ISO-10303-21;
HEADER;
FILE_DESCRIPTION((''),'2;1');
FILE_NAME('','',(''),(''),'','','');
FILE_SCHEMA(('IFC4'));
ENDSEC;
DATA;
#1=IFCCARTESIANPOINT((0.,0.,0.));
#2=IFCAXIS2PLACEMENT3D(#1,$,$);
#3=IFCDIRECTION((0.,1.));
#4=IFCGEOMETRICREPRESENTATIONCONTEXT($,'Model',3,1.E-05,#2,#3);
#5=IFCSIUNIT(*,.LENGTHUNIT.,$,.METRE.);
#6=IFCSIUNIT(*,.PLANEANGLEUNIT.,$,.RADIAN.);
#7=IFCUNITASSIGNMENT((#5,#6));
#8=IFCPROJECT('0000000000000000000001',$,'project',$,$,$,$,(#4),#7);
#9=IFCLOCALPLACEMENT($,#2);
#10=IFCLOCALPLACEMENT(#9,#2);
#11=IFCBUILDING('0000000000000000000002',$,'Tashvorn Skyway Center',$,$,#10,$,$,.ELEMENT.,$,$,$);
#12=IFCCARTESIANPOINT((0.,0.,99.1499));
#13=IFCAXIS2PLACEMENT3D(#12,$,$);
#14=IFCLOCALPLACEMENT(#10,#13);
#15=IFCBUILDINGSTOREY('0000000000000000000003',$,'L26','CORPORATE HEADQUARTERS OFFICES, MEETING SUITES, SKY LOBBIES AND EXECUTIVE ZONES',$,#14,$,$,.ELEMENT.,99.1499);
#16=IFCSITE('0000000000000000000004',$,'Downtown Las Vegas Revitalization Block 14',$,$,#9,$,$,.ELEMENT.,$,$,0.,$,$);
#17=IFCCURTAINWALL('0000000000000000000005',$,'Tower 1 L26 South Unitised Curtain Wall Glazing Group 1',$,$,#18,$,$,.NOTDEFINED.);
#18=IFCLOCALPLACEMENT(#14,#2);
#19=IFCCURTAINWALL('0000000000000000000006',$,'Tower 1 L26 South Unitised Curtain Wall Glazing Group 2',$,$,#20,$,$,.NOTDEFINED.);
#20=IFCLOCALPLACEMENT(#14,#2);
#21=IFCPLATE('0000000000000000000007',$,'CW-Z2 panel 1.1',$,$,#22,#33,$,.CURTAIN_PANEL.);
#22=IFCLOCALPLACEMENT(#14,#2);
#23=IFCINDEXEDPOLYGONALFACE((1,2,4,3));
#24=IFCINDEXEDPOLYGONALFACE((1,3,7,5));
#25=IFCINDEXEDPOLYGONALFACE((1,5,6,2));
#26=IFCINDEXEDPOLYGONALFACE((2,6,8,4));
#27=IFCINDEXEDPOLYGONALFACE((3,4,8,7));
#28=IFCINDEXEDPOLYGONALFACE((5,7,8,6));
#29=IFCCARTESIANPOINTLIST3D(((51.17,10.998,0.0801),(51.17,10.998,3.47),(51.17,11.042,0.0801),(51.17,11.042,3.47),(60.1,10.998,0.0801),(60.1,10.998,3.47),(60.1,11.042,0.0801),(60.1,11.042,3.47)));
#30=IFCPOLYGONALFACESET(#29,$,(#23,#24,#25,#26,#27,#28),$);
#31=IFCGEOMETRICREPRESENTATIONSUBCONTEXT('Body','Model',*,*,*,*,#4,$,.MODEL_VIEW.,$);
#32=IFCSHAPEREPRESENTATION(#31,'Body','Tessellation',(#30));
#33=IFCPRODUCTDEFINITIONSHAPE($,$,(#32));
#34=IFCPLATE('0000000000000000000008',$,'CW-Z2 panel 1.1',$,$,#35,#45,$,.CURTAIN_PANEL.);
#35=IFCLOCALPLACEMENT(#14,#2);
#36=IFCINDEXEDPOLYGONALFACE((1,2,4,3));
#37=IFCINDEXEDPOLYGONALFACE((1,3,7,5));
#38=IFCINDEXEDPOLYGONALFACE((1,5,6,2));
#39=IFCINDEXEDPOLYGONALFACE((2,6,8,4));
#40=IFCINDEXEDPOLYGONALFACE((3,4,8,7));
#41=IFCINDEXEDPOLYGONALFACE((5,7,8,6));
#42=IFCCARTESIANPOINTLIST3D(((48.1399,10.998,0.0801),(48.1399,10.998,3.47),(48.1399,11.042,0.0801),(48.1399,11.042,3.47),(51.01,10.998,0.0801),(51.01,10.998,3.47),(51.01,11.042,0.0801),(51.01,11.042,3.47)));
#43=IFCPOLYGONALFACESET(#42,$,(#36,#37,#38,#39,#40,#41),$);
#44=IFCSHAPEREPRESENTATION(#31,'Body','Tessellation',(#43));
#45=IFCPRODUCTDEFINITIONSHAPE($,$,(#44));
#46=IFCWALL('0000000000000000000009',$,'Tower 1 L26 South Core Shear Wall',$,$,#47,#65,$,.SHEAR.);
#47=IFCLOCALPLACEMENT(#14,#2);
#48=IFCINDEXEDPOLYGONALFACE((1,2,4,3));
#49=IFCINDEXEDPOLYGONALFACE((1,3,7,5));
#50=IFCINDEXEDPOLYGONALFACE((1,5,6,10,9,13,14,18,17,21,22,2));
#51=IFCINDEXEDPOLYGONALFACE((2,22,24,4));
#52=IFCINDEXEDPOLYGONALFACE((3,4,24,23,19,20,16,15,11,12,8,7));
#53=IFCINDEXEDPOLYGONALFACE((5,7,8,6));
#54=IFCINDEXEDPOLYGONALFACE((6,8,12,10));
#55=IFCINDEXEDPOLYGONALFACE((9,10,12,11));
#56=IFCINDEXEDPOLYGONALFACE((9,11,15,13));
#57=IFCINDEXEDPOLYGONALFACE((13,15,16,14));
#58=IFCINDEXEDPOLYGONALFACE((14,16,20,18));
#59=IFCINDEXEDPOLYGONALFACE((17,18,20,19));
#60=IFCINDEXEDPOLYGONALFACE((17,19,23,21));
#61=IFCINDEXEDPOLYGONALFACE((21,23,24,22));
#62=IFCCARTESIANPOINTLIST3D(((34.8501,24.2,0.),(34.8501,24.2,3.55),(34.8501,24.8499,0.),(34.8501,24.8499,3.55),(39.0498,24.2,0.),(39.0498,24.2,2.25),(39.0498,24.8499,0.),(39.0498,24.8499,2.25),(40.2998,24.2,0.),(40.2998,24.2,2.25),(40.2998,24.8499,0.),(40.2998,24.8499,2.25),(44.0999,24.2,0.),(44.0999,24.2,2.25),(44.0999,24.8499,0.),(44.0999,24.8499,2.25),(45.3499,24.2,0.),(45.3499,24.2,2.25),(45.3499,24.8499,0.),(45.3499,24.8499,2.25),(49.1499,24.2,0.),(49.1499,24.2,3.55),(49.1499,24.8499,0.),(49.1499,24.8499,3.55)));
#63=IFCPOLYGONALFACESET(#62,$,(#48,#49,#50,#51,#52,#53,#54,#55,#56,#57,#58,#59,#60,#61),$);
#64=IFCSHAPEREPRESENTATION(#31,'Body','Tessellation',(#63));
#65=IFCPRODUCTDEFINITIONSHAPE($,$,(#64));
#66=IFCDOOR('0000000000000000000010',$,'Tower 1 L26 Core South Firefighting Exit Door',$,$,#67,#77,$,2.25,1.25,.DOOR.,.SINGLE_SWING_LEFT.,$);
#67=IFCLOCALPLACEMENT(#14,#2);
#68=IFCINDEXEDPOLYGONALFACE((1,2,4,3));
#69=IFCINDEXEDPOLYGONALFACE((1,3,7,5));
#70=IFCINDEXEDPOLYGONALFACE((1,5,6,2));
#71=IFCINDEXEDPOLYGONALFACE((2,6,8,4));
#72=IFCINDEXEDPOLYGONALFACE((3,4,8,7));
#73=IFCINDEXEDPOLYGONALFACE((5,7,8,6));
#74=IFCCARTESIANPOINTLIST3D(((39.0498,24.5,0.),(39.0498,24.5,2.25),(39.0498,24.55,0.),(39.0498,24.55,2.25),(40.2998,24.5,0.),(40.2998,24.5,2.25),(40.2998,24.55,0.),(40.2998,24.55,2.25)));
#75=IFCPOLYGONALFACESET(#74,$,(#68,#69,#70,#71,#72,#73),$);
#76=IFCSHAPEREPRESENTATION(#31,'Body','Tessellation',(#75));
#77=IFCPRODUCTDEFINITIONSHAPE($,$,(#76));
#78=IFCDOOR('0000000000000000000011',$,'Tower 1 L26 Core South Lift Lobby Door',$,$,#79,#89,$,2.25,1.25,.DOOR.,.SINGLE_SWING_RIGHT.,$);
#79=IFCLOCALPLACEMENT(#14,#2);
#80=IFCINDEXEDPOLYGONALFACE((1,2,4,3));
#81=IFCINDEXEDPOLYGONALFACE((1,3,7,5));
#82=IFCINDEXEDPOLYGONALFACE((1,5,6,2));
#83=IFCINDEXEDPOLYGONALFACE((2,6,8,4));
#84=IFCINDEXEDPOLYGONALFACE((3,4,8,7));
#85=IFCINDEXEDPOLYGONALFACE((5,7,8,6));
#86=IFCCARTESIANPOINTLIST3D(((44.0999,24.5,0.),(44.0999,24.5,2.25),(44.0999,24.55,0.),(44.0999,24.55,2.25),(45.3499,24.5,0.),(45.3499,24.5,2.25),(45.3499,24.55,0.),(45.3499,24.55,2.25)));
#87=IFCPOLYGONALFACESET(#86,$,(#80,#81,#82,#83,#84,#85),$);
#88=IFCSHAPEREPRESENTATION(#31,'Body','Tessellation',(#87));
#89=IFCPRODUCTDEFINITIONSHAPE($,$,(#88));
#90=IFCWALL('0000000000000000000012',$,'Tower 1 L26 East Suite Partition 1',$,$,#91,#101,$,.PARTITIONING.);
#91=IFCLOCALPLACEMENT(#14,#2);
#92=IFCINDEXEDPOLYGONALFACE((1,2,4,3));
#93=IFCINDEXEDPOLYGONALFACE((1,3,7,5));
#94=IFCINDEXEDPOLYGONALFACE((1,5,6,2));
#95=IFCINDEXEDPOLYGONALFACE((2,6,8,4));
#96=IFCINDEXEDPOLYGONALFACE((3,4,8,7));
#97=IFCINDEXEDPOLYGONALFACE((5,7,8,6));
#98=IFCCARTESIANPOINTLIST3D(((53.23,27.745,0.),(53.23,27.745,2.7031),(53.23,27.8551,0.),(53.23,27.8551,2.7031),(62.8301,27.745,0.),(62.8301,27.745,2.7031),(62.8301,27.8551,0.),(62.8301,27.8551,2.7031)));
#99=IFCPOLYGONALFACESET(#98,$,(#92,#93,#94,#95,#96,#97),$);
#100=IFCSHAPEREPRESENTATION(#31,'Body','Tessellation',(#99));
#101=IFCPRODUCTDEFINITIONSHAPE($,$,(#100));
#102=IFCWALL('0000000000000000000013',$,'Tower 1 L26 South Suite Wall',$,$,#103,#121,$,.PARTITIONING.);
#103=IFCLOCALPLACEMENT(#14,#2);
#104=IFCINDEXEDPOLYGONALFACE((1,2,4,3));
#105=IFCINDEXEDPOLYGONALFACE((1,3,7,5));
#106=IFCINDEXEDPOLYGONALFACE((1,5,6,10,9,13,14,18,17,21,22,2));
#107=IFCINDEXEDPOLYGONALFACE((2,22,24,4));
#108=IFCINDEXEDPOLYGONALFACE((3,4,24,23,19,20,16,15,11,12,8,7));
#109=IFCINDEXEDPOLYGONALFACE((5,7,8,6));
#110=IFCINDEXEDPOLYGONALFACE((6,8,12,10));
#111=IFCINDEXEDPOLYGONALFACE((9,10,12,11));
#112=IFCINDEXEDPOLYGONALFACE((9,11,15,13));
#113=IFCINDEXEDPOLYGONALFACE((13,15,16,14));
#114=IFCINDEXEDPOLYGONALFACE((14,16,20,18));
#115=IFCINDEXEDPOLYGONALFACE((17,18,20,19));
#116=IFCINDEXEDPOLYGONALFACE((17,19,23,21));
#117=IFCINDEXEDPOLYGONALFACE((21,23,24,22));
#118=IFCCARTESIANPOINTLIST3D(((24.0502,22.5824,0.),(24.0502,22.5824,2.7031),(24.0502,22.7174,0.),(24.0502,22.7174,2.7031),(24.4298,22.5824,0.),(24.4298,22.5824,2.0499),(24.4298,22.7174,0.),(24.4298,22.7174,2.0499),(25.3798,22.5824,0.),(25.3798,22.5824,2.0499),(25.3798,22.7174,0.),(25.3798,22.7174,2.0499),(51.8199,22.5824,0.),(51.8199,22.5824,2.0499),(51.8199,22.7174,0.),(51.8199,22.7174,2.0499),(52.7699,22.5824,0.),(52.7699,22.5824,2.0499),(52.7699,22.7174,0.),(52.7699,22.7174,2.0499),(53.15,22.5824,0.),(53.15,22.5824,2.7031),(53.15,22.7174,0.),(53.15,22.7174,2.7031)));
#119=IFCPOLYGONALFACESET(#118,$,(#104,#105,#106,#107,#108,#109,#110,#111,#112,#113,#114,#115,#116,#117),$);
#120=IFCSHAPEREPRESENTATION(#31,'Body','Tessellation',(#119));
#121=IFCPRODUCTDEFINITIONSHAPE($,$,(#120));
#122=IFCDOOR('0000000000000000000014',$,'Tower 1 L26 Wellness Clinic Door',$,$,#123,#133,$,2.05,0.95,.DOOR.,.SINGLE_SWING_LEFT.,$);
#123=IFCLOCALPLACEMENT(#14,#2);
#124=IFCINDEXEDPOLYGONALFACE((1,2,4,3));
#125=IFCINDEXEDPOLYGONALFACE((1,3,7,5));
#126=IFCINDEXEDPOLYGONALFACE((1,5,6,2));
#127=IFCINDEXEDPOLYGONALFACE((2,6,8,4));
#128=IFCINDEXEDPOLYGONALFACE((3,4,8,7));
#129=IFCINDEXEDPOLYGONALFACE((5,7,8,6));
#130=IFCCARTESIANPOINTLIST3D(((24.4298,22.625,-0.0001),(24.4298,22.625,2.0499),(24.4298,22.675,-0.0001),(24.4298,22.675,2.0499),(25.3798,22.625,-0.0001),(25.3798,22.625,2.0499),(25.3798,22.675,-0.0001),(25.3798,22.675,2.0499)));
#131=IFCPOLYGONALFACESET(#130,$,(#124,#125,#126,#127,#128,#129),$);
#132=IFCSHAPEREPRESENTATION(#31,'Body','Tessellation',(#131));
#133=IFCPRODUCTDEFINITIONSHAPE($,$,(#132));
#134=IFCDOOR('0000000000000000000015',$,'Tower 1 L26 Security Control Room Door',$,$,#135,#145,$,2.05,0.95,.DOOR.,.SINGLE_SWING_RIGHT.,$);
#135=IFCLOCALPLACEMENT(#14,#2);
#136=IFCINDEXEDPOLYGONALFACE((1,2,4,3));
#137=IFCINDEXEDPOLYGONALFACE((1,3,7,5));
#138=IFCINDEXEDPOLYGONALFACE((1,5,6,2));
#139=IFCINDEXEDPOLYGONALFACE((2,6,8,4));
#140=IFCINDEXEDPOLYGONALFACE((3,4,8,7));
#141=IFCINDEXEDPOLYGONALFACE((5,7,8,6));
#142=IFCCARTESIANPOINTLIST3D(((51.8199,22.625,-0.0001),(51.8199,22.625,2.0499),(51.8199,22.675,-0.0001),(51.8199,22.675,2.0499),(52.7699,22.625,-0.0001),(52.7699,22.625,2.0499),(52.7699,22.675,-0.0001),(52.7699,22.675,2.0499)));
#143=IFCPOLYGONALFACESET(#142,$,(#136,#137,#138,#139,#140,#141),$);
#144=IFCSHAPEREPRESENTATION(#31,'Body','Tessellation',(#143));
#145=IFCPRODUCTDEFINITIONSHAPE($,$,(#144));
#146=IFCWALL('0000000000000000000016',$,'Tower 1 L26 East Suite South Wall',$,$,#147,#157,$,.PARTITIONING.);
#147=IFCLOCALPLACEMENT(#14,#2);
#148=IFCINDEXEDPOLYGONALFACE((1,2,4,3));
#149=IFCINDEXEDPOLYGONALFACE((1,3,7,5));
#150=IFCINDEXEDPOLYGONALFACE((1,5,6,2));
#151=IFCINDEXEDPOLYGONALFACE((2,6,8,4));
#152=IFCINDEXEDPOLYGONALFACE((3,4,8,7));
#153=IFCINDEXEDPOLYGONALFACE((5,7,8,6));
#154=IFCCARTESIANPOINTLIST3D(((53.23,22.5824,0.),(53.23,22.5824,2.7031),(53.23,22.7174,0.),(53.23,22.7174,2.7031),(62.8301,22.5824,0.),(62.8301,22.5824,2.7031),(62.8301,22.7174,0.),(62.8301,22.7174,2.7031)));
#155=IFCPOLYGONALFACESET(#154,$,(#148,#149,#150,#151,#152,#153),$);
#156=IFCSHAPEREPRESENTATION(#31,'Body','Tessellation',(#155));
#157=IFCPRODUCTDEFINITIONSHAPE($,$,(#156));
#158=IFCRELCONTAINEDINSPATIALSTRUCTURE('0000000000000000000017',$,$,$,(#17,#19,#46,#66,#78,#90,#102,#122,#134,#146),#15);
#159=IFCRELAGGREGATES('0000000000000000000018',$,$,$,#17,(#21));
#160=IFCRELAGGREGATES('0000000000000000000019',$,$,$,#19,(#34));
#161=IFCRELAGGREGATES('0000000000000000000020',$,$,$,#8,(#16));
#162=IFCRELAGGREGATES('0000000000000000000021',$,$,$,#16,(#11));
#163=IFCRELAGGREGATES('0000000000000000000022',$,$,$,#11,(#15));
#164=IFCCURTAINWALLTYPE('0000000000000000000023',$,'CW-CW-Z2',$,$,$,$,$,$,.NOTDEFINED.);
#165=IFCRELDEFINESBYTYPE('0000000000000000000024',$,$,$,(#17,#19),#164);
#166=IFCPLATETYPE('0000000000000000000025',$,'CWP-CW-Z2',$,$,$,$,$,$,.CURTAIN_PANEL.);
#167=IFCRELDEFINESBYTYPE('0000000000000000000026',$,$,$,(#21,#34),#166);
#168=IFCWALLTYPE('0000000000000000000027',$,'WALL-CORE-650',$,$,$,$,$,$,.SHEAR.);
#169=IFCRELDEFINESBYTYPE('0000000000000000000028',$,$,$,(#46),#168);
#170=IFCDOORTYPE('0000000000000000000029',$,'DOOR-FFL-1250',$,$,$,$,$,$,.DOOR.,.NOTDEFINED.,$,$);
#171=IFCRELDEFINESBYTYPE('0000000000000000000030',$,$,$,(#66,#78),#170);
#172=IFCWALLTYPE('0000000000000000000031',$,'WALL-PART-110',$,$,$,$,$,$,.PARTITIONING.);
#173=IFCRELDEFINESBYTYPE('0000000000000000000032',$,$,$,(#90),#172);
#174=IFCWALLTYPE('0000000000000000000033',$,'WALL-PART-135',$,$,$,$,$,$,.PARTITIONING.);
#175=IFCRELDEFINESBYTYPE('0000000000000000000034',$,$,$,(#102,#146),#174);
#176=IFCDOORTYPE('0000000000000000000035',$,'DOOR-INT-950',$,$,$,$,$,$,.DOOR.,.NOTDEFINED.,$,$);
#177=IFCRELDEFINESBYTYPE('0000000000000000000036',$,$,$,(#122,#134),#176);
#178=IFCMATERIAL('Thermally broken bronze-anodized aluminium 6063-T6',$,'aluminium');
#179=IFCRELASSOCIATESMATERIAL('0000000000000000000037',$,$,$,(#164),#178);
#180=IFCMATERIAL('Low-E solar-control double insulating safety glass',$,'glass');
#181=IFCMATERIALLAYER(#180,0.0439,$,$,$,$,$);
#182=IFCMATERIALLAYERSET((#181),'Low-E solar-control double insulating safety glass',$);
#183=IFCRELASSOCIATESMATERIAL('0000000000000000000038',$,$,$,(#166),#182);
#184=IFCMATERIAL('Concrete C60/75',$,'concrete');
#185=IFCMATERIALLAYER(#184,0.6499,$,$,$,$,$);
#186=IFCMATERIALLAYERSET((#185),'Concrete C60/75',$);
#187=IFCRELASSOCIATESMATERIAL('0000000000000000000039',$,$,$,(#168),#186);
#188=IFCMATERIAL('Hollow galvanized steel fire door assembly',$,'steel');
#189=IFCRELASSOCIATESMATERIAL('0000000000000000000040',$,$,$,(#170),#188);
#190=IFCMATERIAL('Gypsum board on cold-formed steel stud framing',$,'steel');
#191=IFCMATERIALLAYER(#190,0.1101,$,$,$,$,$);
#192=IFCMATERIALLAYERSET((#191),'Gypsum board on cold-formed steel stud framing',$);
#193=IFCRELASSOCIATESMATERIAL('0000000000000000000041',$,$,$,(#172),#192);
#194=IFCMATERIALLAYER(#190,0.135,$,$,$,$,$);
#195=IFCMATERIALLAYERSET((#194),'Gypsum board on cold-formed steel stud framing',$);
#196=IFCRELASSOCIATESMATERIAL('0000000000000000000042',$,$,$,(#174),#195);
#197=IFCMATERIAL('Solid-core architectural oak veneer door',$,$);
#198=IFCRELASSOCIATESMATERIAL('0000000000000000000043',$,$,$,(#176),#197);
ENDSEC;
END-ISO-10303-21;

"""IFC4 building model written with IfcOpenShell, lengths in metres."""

from ifc_helpers import new_model, si_unit, direction, frame, frame_2d, origin, origin_2d, place, context, subcontext, project, spatial, rectangle, extrude, material, layer, layer_set, type_object, element, fill, aggregate, save


model = new_model("IFC4")

# Units and contexts
model_context = context("Model", 3, precision=1e-05, world=origin(), true_north=direction((0.0, 1.0)))
body_context = subcontext(model_context, "Body", "Model", "MODEL_VIEW")
ifc_project = project(units=[si_unit("LENGTHUNIT", "METRE"), si_unit("PLANEANGLEUNIT", "RADIAN")], contexts=[model_context])

# Site, building, storey
site_placement = place(None, origin())
site = spatial("IfcSite", under=ifc_project, at=site_placement, Name="Downtown Las Vegas Revitalization Block 14", CompositionType="ELEMENT", RefElevation=0.0)
building_placement = place(site_placement, origin())
building = spatial("IfcBuilding", under=site, at=building_placement, Name="Tashvorn Skyway Center", CompositionType="ELEMENT")
storey_placement = place(building_placement, frame((0.0, 0.0, 99.1499)))
storey = spatial("IfcBuildingStorey", under=building, at=storey_placement, Name="L26", Description="CORPORATE HEADQUARTERS OFFICES, MEETING SUITES, SKY LOBBIES AND EXECUTIVE ZONES", CompositionType="ELEMENT", Elevation=99.1499)

# Curtain wall
ifc_material_1 = material(Name="Thermally broken bronze-anodized aluminium 6063-T6", Category="aluminium")
curtain_wall_type = type_object("IfcCurtainWallType", Name="CW-CW-Z2", PredefinedType="NOTDEFINED", material=ifc_material_1)
curtain_wall_1_placement = place(storey_placement, origin())
curtain_wall_1 = element("IfcCurtainWall", 1, at=curtain_wall_1_placement, inside=storey, type_object=curtain_wall_type, Name="Tower 1 L26 South Unitised Curtain Wall Glazing Group 1", PredefinedType="NOTDEFINED")

# Curtain wall
curtain_wall_2_placement = place(storey_placement, origin())
curtain_wall_2 = element("IfcCurtainWall", 2, at=curtain_wall_2_placement, inside=storey, type_object=curtain_wall_type, Name="Tower 1 L26 South Unitised Curtain Wall Glazing Group 2", PredefinedType="NOTDEFINED")

# Plates
ifc_material_2 = material(Name="Low-E solar-control double insulating safety glass", Category="glass")
ifc_layer_1 = layer(ifc_material_2, 0.0439)
ifc_layer_set_1 = layer_set([ifc_layer_1], Name="Low-E solar-control double insulating safety glass")
plate_type = type_object("IfcPlateType", Name="CWP-CW-Z2", PredefinedType="CURTAIN_PANEL", material=ifc_layer_set_1)
plate_1_placement = place(storey_placement, frame((55.635, 11.02, 0.0801), z_axis=(0.0, 0.0, 1.0), x_axis=(-1.0, 0.0, 0.0)))
plate_1 = element("IfcPlate", 3, at=plate_1_placement, type_object=plate_type, Name="CW-Z2 panel 1.1", PredefinedType="CURTAIN_PANEL", context=body_context, shape_type="SweptSolid", body=[
    extrude(rectangle(XDim=8.9299, YDim=0.0439, at=origin_2d()), origin(), (0.0, 0.0, 1.0), 3.3899),
])
aggregate(curtain_wall_1, [plate_1])
plate_2_placement = place(storey_placement, frame((49.575, 11.02, 0.0801), z_axis=(0.0, 0.0, 1.0), x_axis=(-1.0, 0.0, 0.0)))
plate_2 = element("IfcPlate", 4, at=plate_2_placement, type_object=plate_type, Name="CW-Z2 panel 1.1", PredefinedType="CURTAIN_PANEL", context=body_context, shape_type="SweptSolid", body=[
    extrude(rectangle(XDim=2.8701, YDim=0.0439, at=origin_2d()), origin(), (0.0, 0.0, 1.0), 3.3899),
])
aggregate(curtain_wall_2, [plate_2])

# Wall, openings, doors
ifc_material_3 = material(Name="Concrete C60/75", Category="concrete")
ifc_layer_2 = layer(ifc_material_3, 0.6499)
ifc_layer_set_2 = layer_set([ifc_layer_2], Name="Concrete C60/75")
wall_type_1 = type_object("IfcWallType", Name="WALL-CORE-650", PredefinedType="SHEAR", material=ifc_layer_set_2)
wall_1_placement = place(storey_placement, frame((49.1499, 24.5249, 0.0), z_axis=(0.0, 0.0, 1.0), x_axis=(-1.0, 0.0, 0.0)))
wall_1 = element("IfcWall", 5, at=wall_1_placement, inside=storey, type_object=wall_type_1, Name="Tower 1 L26 South Core Shear Wall", PredefinedType="SHEAR", context=body_context, shape_type="SweptSolid", body=[
    extrude(rectangle(XDim=14.2998, YDim=0.6499, at=frame_2d((7.1499, 0.0))), origin(), (0.0, 0.0, 1.0), 3.55),
])
opening_1_placement = place(wall_1_placement, frame((8.8501, 0.0, 0.0)))
opening_1 = element("IfcOpeningElement", 6, at=opening_1_placement, cuts=wall_1, PredefinedType="OPENING", context=body_context, shape_type="SweptSolid", body=[
    extrude(rectangle(XDim=1.25, YDim=2.25, at=frame_2d((0.625, 1.125))), frame((0.0, 0.335, 0.0), z_axis=(0.0, -1.0, 0.0), x_axis=(1.0, 0.0, 0.0)), (0.0, 0.0, 1.0), 0.6699),
])
opening_2_placement = place(wall_1_placement, frame((3.8, 0.0, 0.0)))
opening_2 = element("IfcOpeningElement", 7, at=opening_2_placement, cuts=wall_1, PredefinedType="OPENING", context=body_context, shape_type="SweptSolid", body=[
    extrude(rectangle(XDim=1.25, YDim=2.25, at=frame_2d((0.625, 1.125))), frame((0.0, 0.335, 0.0), z_axis=(0.0, -1.0, 0.0), x_axis=(1.0, 0.0, 0.0)), (0.0, 0.0, 1.0), 0.6699),
])
ifc_material_4 = material(Name="Hollow galvanized steel fire door assembly", Category="steel")
door_type_1 = type_object("IfcDoorType", Name="DOOR-FFL-1250", OperationType="NOTDEFINED", PredefinedType="DOOR", material=ifc_material_4)
door_1_placement = place(opening_1_placement, origin())
door_1 = element("IfcDoor", 8, at=door_1_placement, inside=storey, type_object=door_type_1, Name="Tower 1 L26 Core South Firefighting Exit Door", OperationType="SINGLE_SWING_LEFT", OverallHeight=2.25, OverallWidth=1.25, PredefinedType="DOOR", context=body_context, shape_type="SweptSolid", body=[
    extrude(rectangle(XDim=1.25, YDim=2.25, at=frame_2d((0.625, 1.125))), frame((0.0, 0.0249, 0.0), z_axis=(0.0, -1.0, 0.0), x_axis=(1.0, 0.0, 0.0)), (0.0, 0.0, 1.0), 0.05),
])
fill(opening_1, door_1)
door_2_placement = place(opening_2_placement, origin())
door_2 = element("IfcDoor", 9, at=door_2_placement, inside=storey, type_object=door_type_1, Name="Tower 1 L26 Core South Lift Lobby Door", OperationType="SINGLE_SWING_RIGHT", OverallHeight=2.25, OverallWidth=1.25, PredefinedType="DOOR", context=body_context, shape_type="SweptSolid", body=[
    extrude(rectangle(XDim=1.25, YDim=2.25, at=frame_2d((0.625, 1.125))), frame((0.0, 0.0249, 0.0), z_axis=(0.0, -1.0, 0.0), x_axis=(1.0, 0.0, 0.0)), (0.0, 0.0, 1.0), 0.05),
])
fill(opening_2, door_2)

# Wall
ifc_material_5 = material(Name="Gypsum board on cold-formed steel stud framing", Category="steel")
ifc_layer_3 = layer(ifc_material_5, 0.1101)
ifc_layer_set_3 = layer_set([ifc_layer_3], Name="Gypsum board on cold-formed steel stud framing")
wall_type_2 = type_object("IfcWallType", Name="WALL-PART-110", PredefinedType="PARTITIONING", material=ifc_layer_set_3)
wall_2_placement = place(storey_placement, frame((53.23, 27.8, 0.0), z_axis=(0.0, 0.0, 1.0), x_axis=(1.0, 0.0, 0.0)))
element("IfcWall", 10, at=wall_2_placement, inside=storey, type_object=wall_type_2, Name="Tower 1 L26 East Suite Partition 1", PredefinedType="PARTITIONING", context=body_context, shape_type="SweptSolid", body=[
    extrude(rectangle(XDim=9.6001, YDim=0.1101, at=frame_2d((4.8, 0.0))), origin(), (0.0, 0.0, 1.0), 2.7031),
])

# Wall, openings, doors
ifc_layer_4 = layer(ifc_material_5, 0.135)
ifc_layer_set_4 = layer_set([ifc_layer_4], Name="Gypsum board on cold-formed steel stud framing")
wall_type_3 = type_object("IfcWallType", Name="WALL-PART-135", PredefinedType="PARTITIONING", material=ifc_layer_set_4)
wall_3_placement = place(storey_placement, frame((53.1499, 22.6499, 0.0), z_axis=(0.0, 0.0, 1.0), x_axis=(-1.0, 0.0, 0.0)))
wall_3 = element("IfcWall", 11, at=wall_3_placement, inside=storey, type_object=wall_type_3, Name="Tower 1 L26 South Suite Wall", PredefinedType="PARTITIONING", context=body_context, shape_type="SweptSolid", body=[
    extrude(rectangle(XDim=29.0999, YDim=0.135, at=frame_2d((14.5498, 0.0))), origin(), (0.0, 0.0, 1.0), 2.7031),
])
opening_3_placement = place(wall_3_placement, frame((27.77, 0.0, 0.0)))
opening_3 = element("IfcOpeningElement", 12, at=opening_3_placement, cuts=wall_3, PredefinedType="OPENING", context=body_context, shape_type="SweptSolid", body=[
    extrude(rectangle(XDim=0.95, YDim=2.05, at=frame_2d((0.4751, 1.0249))), frame((0.0, 0.0774, 0.0), z_axis=(0.0, -1.0, 0.0), x_axis=(1.0, 0.0, 0.0)), (0.0, 0.0, 1.0), 0.155),
])
opening_4_placement = place(wall_3_placement, frame((0.3799, 0.0, 0.0)))
opening_4 = element("IfcOpeningElement", 13, at=opening_4_placement, cuts=wall_3, PredefinedType="OPENING", context=body_context, shape_type="SweptSolid", body=[
    extrude(rectangle(XDim=0.95, YDim=2.05, at=frame_2d((0.4751, 1.0249))), frame((0.0, 0.0774, 0.0), z_axis=(0.0, -1.0, 0.0), x_axis=(1.0, 0.0, 0.0)), (0.0, 0.0, 1.0), 0.155),
])
ifc_material_6 = material(Name="Solid-core architectural oak veneer door")
door_type_2 = type_object("IfcDoorType", Name="DOOR-INT-950", OperationType="NOTDEFINED", PredefinedType="DOOR", material=ifc_material_6)
door_3_placement = place(opening_3_placement, origin())
door_3 = element("IfcDoor", 14, at=door_3_placement, inside=storey, type_object=door_type_2, Name="Tower 1 L26 Wellness Clinic Door", OperationType="SINGLE_SWING_LEFT", OverallHeight=2.05, OverallWidth=0.95, PredefinedType="DOOR", context=body_context, shape_type="SweptSolid", body=[
    extrude(rectangle(XDim=0.95, YDim=2.05, at=frame_2d((0.4751, 1.0249))), frame((0.0, 0.0249, 0.0), z_axis=(0.0, -1.0, 0.0), x_axis=(1.0, 0.0, 0.0)), (0.0, 0.0, 1.0), 0.05),
])
fill(opening_3, door_3)
door_4_placement = place(opening_4_placement, origin())
door_4 = element("IfcDoor", 15, at=door_4_placement, inside=storey, type_object=door_type_2, Name="Tower 1 L26 Security Control Room Door", OperationType="SINGLE_SWING_RIGHT", OverallHeight=2.05, OverallWidth=0.95, PredefinedType="DOOR", context=body_context, shape_type="SweptSolid", body=[
    extrude(rectangle(XDim=0.95, YDim=2.05, at=frame_2d((0.4751, 1.0249))), frame((0.0, 0.0249, 0.0), z_axis=(0.0, -1.0, 0.0), x_axis=(1.0, 0.0, 0.0)), (0.0, 0.0, 1.0), 0.05),
])
fill(opening_4, door_4)

# Wall
wall_4_placement = place(storey_placement, frame((53.23, 22.6499, 0.0), z_axis=(0.0, 0.0, 1.0), x_axis=(1.0, 0.0, 0.0)))
element("IfcWall", 16, at=wall_4_placement, inside=storey, type_object=wall_type_3, Name="Tower 1 L26 East Suite South Wall", PredefinedType="PARTITIONING", context=body_context, shape_type="SweptSolid", body=[
    extrude(rectangle(XDim=9.6001, YDim=0.135, at=frame_2d((4.8, 0.0))), origin(), (0.0, 0.0, 1.0), 2.7031),
])

save(model, "model.ifc")
